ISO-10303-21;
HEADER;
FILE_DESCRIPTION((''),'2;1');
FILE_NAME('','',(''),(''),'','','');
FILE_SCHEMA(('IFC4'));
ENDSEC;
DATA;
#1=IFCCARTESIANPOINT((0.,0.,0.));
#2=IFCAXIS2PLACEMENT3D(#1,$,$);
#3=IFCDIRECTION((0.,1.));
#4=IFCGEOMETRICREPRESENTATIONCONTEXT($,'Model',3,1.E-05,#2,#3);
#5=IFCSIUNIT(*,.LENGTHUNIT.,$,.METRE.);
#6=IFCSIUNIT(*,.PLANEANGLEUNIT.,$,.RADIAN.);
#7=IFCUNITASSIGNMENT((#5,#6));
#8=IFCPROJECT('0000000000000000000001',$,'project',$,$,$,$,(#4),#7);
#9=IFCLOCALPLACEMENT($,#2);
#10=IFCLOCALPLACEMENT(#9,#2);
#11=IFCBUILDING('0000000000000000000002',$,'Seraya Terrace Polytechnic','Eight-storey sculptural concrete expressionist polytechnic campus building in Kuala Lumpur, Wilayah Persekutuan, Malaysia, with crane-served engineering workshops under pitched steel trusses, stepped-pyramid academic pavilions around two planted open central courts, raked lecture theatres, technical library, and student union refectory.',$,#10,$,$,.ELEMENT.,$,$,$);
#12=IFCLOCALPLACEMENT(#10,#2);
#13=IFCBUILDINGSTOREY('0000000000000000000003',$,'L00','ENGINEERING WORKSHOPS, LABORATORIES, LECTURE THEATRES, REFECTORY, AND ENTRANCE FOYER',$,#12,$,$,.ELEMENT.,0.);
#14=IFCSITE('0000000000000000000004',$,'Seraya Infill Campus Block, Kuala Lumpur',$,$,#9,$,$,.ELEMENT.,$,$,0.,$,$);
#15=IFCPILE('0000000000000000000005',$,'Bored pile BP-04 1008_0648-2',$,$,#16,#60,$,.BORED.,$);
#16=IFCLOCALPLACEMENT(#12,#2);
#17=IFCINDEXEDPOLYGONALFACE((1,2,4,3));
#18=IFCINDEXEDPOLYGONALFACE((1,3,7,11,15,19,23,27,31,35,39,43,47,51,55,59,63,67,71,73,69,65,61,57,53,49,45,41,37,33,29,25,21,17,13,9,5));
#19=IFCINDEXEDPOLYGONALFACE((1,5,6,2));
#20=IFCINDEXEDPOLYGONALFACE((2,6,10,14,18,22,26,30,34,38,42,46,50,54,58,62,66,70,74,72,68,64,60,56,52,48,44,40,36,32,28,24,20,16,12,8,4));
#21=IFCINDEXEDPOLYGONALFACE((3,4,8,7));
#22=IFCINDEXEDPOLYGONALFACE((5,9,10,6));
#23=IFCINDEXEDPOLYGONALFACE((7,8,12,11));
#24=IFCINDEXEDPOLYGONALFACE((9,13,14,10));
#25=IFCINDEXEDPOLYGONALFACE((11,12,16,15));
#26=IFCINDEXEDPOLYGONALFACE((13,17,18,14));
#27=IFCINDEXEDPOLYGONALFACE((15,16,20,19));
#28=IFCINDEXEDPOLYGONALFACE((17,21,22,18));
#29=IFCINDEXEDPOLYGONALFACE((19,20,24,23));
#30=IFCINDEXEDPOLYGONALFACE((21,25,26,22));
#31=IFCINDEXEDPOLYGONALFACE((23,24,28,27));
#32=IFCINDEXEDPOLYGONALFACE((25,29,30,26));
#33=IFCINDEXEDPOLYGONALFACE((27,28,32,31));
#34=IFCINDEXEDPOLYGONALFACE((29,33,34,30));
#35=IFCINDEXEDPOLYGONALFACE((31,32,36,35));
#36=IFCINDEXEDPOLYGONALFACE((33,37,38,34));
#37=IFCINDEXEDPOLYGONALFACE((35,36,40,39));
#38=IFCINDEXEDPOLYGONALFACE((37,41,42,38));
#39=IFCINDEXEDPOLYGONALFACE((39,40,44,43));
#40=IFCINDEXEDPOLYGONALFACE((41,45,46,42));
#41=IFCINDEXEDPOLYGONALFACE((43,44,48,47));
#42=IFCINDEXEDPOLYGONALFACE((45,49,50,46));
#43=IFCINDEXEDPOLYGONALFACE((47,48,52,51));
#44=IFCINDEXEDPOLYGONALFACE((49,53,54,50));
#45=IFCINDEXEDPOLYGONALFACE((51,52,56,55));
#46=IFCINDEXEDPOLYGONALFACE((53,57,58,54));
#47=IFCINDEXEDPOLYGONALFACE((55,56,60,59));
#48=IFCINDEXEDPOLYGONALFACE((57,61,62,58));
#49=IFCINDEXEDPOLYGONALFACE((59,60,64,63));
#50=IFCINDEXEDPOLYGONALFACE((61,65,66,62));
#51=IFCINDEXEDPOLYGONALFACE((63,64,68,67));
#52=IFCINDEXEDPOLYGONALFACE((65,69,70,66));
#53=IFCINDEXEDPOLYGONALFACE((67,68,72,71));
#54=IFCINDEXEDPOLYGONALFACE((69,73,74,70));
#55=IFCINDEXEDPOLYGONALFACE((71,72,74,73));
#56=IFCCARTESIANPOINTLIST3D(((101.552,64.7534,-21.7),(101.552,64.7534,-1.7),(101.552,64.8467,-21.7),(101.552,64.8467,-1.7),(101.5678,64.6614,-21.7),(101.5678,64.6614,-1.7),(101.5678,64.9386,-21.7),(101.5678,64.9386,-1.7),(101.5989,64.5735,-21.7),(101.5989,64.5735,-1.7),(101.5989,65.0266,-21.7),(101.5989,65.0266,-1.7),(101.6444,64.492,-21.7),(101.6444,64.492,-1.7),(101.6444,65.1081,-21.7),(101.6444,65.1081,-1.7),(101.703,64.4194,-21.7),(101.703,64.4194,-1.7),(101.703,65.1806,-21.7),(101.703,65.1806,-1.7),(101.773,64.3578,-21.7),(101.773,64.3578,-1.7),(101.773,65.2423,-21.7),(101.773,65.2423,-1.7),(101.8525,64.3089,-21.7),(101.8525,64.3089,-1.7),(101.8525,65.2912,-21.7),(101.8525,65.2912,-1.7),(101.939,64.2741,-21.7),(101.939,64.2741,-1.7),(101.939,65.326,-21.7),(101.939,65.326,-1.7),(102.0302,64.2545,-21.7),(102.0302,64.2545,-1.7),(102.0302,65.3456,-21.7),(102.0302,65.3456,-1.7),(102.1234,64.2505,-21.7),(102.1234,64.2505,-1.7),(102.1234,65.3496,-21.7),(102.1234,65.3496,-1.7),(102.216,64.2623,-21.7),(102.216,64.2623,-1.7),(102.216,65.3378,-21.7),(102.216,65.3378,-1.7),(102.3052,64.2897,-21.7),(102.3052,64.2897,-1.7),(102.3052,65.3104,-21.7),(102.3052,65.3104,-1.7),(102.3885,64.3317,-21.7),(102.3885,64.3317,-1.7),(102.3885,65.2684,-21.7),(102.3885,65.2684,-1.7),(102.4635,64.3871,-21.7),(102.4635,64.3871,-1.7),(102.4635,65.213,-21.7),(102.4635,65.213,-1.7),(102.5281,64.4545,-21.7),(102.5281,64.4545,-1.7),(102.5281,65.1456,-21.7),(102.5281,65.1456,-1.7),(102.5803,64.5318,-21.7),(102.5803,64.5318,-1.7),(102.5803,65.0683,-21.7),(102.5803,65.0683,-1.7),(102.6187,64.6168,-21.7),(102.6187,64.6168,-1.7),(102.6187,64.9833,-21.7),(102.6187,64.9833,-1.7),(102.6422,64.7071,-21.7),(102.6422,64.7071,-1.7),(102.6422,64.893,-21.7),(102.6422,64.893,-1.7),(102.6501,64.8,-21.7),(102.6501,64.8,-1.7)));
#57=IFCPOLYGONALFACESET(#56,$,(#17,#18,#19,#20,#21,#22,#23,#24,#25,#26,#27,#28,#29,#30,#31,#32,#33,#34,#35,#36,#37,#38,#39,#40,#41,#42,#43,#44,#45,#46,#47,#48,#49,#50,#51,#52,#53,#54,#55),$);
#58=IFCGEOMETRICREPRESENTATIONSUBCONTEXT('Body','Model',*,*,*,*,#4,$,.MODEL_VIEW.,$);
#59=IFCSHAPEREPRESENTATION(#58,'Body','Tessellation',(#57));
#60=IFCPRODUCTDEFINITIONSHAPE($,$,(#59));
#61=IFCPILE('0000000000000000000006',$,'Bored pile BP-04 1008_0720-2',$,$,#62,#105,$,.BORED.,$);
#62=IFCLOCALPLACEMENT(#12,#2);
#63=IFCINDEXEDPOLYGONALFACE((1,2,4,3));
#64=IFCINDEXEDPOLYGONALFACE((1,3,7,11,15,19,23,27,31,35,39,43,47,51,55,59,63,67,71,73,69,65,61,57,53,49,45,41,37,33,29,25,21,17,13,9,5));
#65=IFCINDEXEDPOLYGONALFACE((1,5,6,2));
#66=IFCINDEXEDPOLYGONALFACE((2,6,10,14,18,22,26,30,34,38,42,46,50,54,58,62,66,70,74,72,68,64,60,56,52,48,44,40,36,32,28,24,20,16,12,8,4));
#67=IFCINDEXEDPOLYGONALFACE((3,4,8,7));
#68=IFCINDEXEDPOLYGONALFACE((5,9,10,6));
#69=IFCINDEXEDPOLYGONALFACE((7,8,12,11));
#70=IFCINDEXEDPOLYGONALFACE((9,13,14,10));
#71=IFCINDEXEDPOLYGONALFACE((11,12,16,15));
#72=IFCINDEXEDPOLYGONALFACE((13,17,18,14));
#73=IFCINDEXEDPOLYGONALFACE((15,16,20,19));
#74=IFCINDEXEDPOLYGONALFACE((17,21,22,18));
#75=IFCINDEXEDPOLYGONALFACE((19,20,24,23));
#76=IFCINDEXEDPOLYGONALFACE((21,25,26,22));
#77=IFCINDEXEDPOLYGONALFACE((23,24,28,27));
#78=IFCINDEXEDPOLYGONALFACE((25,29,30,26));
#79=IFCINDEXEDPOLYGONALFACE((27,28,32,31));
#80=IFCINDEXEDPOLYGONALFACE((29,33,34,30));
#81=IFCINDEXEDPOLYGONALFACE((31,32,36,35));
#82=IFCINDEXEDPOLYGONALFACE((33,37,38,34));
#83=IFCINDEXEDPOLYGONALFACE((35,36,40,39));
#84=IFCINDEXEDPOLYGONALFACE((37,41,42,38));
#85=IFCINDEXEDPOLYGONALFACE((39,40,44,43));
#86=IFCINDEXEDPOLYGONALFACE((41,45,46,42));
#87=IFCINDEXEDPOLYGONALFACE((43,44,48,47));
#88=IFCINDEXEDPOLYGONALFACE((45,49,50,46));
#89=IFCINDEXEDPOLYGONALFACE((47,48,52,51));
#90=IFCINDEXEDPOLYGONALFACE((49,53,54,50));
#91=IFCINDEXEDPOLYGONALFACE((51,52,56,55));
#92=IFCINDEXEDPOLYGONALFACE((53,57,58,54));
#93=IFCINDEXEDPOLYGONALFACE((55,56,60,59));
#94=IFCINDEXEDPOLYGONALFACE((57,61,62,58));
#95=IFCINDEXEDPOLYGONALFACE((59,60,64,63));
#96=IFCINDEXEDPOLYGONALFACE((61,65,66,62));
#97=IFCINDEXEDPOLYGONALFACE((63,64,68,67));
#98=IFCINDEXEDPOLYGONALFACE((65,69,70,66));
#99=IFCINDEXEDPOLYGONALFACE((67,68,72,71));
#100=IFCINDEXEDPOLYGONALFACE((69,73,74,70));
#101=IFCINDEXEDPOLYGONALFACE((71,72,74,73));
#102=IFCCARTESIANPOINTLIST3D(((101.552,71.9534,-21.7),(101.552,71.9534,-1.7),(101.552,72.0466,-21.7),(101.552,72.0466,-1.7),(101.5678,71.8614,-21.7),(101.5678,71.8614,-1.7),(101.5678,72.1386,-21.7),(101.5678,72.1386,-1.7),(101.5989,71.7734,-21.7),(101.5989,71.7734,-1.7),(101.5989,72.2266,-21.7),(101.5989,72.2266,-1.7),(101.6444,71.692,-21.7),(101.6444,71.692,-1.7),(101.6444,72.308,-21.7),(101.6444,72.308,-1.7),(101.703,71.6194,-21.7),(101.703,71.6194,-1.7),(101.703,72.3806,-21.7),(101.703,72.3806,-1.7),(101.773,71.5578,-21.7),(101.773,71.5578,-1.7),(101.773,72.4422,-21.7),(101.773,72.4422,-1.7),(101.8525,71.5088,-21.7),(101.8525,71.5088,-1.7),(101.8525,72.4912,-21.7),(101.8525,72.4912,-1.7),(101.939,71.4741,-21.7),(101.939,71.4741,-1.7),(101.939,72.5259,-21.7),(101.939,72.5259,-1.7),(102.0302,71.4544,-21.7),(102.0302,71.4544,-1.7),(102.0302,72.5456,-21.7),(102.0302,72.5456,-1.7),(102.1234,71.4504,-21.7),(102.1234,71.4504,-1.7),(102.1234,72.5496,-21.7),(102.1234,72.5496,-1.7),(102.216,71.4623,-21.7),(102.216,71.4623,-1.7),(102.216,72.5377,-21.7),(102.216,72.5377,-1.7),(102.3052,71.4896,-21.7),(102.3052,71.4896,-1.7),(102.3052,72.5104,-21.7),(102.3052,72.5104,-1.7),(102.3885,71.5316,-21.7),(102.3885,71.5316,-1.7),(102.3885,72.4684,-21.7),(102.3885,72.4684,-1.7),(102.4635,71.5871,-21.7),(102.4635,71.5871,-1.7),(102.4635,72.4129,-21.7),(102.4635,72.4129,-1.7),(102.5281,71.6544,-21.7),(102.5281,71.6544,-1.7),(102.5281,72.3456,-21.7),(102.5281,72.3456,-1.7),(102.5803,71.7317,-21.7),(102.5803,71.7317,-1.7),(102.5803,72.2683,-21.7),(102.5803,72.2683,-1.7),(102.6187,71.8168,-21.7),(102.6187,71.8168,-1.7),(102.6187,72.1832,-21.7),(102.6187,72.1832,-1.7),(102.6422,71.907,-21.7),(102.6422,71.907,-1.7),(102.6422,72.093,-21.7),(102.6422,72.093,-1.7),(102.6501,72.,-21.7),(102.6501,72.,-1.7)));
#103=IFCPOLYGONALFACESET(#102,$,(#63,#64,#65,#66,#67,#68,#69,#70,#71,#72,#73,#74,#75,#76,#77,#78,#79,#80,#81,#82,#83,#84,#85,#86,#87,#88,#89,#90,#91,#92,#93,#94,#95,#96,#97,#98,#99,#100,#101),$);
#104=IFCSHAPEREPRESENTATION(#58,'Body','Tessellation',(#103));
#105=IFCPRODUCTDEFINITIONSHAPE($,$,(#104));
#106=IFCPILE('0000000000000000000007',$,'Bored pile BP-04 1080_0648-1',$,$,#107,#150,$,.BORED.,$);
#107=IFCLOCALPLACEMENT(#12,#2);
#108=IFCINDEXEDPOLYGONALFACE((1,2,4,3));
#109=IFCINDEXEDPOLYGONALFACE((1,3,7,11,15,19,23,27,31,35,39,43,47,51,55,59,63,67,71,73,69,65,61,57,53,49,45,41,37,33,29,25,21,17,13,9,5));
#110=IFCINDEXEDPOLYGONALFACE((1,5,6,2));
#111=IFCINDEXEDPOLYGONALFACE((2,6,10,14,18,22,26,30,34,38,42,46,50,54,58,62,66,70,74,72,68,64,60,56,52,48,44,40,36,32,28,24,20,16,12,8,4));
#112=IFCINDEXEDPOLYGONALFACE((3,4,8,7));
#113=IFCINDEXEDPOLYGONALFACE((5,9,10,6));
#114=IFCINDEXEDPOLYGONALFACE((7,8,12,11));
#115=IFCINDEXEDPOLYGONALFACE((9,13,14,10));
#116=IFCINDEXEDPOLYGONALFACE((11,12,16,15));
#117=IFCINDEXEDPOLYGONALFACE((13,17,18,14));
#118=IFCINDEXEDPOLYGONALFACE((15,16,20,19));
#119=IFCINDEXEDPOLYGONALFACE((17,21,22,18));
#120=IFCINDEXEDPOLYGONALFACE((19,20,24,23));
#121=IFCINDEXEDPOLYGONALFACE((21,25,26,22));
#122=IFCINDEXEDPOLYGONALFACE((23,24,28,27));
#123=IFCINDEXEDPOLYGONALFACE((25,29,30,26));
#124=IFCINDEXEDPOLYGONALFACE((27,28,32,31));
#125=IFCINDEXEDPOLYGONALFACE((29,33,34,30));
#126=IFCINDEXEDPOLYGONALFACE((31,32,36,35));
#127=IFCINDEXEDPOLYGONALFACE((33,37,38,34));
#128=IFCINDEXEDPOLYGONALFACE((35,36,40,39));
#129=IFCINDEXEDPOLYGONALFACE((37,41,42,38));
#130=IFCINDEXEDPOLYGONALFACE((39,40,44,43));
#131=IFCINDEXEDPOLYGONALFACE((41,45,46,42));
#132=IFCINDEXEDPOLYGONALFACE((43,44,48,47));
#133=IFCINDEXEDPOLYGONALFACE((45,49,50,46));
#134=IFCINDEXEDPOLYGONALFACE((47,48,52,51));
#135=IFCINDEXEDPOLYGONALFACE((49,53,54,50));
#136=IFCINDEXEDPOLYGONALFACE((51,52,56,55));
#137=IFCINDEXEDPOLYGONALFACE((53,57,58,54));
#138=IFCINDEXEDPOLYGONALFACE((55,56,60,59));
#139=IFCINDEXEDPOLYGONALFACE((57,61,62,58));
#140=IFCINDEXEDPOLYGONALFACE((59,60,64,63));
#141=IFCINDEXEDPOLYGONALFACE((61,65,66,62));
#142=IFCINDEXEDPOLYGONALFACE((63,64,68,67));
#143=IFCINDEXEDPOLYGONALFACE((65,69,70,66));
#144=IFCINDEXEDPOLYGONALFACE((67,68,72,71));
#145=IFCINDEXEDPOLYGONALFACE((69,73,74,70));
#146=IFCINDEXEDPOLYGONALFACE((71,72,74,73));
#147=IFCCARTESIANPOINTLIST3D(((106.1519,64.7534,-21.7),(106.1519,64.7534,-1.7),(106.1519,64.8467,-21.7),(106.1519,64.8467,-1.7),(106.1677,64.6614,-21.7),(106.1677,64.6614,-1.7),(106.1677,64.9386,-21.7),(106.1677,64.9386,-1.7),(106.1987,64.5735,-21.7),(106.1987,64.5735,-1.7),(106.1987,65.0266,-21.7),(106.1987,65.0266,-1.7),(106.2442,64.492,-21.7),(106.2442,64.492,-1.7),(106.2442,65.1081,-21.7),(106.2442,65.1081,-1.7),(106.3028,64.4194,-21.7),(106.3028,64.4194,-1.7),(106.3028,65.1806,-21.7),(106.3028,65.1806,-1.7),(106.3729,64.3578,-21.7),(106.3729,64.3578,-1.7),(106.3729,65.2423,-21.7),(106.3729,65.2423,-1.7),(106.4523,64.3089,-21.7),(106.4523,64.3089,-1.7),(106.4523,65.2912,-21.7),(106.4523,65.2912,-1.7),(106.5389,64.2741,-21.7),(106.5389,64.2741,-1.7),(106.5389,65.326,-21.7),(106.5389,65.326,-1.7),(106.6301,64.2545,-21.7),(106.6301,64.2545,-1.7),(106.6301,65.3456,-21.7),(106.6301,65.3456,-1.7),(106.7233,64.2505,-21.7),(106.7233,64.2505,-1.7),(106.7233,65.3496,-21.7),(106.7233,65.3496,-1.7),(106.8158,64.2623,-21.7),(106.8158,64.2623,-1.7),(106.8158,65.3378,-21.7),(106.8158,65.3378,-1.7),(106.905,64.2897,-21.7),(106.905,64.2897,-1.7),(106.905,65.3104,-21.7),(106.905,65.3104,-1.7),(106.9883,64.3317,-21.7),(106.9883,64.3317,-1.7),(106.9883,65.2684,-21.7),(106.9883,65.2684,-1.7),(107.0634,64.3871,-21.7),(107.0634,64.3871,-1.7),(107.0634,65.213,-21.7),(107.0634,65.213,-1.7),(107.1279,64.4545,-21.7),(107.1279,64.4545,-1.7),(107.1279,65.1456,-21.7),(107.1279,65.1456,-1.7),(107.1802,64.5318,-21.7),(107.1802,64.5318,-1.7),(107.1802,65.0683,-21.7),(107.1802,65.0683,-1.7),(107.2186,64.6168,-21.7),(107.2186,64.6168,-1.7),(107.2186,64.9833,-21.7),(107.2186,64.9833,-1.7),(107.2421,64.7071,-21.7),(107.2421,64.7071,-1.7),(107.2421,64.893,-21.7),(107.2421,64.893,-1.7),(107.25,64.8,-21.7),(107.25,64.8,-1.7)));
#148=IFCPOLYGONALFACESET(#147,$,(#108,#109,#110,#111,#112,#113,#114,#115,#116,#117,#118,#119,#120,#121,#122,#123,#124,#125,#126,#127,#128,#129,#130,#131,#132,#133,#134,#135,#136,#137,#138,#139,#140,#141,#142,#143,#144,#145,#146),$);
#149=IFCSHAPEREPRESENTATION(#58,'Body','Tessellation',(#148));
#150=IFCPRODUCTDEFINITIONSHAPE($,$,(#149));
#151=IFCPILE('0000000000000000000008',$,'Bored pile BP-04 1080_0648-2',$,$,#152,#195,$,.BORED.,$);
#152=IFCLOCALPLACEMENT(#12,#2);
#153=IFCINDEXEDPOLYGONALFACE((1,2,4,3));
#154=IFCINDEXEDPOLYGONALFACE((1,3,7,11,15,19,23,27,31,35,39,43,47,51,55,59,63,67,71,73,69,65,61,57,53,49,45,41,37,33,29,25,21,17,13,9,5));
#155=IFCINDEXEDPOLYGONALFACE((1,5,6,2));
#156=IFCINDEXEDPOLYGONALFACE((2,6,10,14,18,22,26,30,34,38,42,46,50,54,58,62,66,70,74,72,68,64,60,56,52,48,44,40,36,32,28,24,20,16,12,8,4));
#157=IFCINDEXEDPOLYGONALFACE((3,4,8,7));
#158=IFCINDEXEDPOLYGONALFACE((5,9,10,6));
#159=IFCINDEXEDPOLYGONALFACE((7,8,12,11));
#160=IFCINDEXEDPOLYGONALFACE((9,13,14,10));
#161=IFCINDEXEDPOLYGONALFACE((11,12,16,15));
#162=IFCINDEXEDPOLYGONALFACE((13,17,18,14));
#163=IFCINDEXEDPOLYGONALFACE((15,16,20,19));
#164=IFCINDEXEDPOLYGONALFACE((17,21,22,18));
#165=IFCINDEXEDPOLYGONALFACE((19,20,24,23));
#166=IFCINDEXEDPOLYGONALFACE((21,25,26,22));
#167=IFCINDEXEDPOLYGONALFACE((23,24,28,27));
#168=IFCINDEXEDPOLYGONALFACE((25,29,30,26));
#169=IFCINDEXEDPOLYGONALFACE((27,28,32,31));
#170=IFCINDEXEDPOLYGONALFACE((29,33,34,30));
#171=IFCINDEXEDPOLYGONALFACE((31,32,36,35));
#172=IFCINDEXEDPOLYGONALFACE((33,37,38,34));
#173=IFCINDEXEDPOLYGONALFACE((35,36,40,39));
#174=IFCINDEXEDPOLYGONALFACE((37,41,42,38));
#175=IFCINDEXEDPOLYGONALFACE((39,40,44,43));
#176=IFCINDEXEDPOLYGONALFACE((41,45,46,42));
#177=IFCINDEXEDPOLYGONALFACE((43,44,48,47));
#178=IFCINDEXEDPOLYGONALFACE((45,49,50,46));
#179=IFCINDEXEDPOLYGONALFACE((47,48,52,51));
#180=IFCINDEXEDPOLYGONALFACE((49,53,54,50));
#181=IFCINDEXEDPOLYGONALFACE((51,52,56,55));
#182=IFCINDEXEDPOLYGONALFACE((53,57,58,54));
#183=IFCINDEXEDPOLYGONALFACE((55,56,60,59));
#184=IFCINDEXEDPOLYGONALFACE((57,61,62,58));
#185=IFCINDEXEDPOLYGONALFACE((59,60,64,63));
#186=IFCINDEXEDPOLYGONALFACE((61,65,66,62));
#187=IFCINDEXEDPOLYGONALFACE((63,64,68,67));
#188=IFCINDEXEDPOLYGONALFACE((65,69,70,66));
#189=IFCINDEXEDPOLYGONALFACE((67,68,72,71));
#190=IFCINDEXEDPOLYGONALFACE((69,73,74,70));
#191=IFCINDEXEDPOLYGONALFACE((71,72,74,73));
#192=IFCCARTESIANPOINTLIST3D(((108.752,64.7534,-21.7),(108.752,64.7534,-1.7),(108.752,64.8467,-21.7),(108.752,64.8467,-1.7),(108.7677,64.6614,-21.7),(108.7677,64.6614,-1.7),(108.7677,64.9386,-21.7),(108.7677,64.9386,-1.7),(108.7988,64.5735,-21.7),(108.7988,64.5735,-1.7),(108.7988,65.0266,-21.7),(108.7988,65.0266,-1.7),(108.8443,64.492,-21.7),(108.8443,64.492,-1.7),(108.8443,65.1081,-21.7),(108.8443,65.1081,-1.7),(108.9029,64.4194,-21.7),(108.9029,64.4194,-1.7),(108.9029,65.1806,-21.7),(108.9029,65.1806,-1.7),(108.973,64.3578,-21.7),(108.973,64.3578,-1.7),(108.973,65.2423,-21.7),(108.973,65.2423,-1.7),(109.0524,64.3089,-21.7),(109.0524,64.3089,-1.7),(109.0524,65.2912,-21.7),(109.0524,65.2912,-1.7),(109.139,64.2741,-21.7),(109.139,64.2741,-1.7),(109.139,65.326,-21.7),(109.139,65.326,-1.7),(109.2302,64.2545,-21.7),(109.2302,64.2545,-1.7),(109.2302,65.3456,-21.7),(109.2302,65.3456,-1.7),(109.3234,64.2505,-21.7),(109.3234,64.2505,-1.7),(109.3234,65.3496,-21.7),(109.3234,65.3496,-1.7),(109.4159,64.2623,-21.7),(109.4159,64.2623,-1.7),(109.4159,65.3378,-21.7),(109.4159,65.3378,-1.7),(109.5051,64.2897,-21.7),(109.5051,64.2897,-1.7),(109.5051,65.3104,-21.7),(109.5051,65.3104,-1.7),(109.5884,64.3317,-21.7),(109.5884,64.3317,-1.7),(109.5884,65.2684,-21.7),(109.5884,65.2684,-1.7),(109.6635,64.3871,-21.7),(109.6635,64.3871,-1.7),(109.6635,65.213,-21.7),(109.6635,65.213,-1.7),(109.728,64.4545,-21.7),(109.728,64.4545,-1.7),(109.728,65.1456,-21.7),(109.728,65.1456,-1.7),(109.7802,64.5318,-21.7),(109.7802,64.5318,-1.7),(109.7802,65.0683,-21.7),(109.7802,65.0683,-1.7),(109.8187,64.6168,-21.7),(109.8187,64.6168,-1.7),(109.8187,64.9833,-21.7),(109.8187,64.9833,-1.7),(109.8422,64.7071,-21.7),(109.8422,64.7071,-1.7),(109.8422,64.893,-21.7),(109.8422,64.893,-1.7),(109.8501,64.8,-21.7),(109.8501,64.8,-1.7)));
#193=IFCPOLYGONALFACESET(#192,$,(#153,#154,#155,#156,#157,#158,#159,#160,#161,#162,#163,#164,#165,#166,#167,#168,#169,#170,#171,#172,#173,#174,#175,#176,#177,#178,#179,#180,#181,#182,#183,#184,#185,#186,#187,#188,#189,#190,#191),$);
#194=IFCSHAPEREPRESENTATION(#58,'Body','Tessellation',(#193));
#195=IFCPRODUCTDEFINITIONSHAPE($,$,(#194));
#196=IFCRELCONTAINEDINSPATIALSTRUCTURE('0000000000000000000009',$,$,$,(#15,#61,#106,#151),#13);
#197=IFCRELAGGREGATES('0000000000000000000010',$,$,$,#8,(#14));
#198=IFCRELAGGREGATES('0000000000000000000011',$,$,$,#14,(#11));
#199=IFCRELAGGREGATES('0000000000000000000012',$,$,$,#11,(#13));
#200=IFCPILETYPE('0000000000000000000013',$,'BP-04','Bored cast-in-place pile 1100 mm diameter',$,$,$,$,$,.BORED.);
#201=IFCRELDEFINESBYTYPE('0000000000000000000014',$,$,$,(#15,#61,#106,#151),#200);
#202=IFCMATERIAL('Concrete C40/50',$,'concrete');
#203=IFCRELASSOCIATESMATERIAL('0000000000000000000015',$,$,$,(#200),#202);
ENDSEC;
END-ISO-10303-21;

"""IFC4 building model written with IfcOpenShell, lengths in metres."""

from ifc_helpers import new_model, si_unit, direction, frame, origin, origin_2d, place, context, subcontext, project, spatial, circle, extrude, material, material_profile, profile_set, type_object, element, save


model = new_model("IFC4")

# Units and contexts
model_context = context("Model", 3, precision=1e-05, world=origin(), true_north=direction((0.0, 1.0)))
body_context = subcontext(model_context, "Body", "Model", "MODEL_VIEW")
ifc_project = project(units=[si_unit("LENGTHUNIT", "METRE"), si_unit("PLANEANGLEUNIT", "RADIAN")], contexts=[model_context])

# Site, building, storey
site_placement = place(None, origin())
site = spatial("IfcSite", under=ifc_project, at=site_placement, Name="Seraya Infill Campus Block, Kuala Lumpur", CompositionType="ELEMENT", RefElevation=0.0)
building_placement = place(site_placement, origin())
building = spatial("IfcBuilding", under=site, at=building_placement, Name="Seraya Terrace Polytechnic", Description="Eight-storey sculptural concrete expressionist polytechnic campus building in Kuala Lumpur, Wilayah Persekutuan, Malaysia, with crane-served engineering workshops under pitched steel trusses, stepped-pyramid academic pavilions around two planted open central courts, raked lecture theatres, technical library, and student union refectory.", CompositionType="ELEMENT")
storey_placement = place(building_placement, origin())
storey = spatial("IfcBuildingStorey", under=building, at=storey_placement, Name="L00", Description="ENGINEERING WORKSHOPS, LABORATORIES, LECTURE THEATRES, REFECTORY, AND ENTRANCE FOYER", CompositionType="ELEMENT", Elevation=0.0)

# Piles
ifc_material_1 = material(Name="Concrete C40/50", Category="concrete")
ifc_material_profile_1 = material_profile(ifc_material_1, circle(Radius=0.55, at=origin_2d()), Name="DIA 1100")
ifc_profile_set_1 = profile_set([ifc_material_profile_1], Name="Concrete C40/50")
pile_type = type_object("IfcPileType", Name="BP-04", Description="Bored cast-in-place pile 1100 mm diameter", PredefinedType="BORED", material=ifc_profile_set_1)
for number, where, z_axis, x_axis, name in (
    (1, (102.1001, 64.8, -1.7), (0.0, 0.0, -1.0), (1.0, 0.0, 0.0), "Bored pile BP-04 1008_0648-2"),
    (2, (102.1001, 72.0, -1.7), (0.0, 0.0, -1.0), (1.0, 0.0, 0.0), "Bored pile BP-04 1008_0720-2"),
    (3, (106.7, 64.8, -1.7), (0.0, 0.0, -1.0), (1.0, 0.0, 0.0), "Bored pile BP-04 1080_0648-1"),
    (4, (109.3, 64.8, -1.7), (0.0, 0.0, -1.0), (1.0, 0.0, 0.0), "Bored pile BP-04 1080_0648-2"),
):
    element("IfcPile", number, at=place(storey_placement, frame(where, z_axis=z_axis, x_axis=x_axis)), inside=storey, type_object=pile_type, Name=name, PredefinedType="BORED", context=body_context, shape_type="SweptSolid", body=[
        extrude(circle(Radius=0.55, at=origin_2d()), origin(), (0.0, 0.0, 1.0), 20.0),
    ])

save(model, "model.ifc")
